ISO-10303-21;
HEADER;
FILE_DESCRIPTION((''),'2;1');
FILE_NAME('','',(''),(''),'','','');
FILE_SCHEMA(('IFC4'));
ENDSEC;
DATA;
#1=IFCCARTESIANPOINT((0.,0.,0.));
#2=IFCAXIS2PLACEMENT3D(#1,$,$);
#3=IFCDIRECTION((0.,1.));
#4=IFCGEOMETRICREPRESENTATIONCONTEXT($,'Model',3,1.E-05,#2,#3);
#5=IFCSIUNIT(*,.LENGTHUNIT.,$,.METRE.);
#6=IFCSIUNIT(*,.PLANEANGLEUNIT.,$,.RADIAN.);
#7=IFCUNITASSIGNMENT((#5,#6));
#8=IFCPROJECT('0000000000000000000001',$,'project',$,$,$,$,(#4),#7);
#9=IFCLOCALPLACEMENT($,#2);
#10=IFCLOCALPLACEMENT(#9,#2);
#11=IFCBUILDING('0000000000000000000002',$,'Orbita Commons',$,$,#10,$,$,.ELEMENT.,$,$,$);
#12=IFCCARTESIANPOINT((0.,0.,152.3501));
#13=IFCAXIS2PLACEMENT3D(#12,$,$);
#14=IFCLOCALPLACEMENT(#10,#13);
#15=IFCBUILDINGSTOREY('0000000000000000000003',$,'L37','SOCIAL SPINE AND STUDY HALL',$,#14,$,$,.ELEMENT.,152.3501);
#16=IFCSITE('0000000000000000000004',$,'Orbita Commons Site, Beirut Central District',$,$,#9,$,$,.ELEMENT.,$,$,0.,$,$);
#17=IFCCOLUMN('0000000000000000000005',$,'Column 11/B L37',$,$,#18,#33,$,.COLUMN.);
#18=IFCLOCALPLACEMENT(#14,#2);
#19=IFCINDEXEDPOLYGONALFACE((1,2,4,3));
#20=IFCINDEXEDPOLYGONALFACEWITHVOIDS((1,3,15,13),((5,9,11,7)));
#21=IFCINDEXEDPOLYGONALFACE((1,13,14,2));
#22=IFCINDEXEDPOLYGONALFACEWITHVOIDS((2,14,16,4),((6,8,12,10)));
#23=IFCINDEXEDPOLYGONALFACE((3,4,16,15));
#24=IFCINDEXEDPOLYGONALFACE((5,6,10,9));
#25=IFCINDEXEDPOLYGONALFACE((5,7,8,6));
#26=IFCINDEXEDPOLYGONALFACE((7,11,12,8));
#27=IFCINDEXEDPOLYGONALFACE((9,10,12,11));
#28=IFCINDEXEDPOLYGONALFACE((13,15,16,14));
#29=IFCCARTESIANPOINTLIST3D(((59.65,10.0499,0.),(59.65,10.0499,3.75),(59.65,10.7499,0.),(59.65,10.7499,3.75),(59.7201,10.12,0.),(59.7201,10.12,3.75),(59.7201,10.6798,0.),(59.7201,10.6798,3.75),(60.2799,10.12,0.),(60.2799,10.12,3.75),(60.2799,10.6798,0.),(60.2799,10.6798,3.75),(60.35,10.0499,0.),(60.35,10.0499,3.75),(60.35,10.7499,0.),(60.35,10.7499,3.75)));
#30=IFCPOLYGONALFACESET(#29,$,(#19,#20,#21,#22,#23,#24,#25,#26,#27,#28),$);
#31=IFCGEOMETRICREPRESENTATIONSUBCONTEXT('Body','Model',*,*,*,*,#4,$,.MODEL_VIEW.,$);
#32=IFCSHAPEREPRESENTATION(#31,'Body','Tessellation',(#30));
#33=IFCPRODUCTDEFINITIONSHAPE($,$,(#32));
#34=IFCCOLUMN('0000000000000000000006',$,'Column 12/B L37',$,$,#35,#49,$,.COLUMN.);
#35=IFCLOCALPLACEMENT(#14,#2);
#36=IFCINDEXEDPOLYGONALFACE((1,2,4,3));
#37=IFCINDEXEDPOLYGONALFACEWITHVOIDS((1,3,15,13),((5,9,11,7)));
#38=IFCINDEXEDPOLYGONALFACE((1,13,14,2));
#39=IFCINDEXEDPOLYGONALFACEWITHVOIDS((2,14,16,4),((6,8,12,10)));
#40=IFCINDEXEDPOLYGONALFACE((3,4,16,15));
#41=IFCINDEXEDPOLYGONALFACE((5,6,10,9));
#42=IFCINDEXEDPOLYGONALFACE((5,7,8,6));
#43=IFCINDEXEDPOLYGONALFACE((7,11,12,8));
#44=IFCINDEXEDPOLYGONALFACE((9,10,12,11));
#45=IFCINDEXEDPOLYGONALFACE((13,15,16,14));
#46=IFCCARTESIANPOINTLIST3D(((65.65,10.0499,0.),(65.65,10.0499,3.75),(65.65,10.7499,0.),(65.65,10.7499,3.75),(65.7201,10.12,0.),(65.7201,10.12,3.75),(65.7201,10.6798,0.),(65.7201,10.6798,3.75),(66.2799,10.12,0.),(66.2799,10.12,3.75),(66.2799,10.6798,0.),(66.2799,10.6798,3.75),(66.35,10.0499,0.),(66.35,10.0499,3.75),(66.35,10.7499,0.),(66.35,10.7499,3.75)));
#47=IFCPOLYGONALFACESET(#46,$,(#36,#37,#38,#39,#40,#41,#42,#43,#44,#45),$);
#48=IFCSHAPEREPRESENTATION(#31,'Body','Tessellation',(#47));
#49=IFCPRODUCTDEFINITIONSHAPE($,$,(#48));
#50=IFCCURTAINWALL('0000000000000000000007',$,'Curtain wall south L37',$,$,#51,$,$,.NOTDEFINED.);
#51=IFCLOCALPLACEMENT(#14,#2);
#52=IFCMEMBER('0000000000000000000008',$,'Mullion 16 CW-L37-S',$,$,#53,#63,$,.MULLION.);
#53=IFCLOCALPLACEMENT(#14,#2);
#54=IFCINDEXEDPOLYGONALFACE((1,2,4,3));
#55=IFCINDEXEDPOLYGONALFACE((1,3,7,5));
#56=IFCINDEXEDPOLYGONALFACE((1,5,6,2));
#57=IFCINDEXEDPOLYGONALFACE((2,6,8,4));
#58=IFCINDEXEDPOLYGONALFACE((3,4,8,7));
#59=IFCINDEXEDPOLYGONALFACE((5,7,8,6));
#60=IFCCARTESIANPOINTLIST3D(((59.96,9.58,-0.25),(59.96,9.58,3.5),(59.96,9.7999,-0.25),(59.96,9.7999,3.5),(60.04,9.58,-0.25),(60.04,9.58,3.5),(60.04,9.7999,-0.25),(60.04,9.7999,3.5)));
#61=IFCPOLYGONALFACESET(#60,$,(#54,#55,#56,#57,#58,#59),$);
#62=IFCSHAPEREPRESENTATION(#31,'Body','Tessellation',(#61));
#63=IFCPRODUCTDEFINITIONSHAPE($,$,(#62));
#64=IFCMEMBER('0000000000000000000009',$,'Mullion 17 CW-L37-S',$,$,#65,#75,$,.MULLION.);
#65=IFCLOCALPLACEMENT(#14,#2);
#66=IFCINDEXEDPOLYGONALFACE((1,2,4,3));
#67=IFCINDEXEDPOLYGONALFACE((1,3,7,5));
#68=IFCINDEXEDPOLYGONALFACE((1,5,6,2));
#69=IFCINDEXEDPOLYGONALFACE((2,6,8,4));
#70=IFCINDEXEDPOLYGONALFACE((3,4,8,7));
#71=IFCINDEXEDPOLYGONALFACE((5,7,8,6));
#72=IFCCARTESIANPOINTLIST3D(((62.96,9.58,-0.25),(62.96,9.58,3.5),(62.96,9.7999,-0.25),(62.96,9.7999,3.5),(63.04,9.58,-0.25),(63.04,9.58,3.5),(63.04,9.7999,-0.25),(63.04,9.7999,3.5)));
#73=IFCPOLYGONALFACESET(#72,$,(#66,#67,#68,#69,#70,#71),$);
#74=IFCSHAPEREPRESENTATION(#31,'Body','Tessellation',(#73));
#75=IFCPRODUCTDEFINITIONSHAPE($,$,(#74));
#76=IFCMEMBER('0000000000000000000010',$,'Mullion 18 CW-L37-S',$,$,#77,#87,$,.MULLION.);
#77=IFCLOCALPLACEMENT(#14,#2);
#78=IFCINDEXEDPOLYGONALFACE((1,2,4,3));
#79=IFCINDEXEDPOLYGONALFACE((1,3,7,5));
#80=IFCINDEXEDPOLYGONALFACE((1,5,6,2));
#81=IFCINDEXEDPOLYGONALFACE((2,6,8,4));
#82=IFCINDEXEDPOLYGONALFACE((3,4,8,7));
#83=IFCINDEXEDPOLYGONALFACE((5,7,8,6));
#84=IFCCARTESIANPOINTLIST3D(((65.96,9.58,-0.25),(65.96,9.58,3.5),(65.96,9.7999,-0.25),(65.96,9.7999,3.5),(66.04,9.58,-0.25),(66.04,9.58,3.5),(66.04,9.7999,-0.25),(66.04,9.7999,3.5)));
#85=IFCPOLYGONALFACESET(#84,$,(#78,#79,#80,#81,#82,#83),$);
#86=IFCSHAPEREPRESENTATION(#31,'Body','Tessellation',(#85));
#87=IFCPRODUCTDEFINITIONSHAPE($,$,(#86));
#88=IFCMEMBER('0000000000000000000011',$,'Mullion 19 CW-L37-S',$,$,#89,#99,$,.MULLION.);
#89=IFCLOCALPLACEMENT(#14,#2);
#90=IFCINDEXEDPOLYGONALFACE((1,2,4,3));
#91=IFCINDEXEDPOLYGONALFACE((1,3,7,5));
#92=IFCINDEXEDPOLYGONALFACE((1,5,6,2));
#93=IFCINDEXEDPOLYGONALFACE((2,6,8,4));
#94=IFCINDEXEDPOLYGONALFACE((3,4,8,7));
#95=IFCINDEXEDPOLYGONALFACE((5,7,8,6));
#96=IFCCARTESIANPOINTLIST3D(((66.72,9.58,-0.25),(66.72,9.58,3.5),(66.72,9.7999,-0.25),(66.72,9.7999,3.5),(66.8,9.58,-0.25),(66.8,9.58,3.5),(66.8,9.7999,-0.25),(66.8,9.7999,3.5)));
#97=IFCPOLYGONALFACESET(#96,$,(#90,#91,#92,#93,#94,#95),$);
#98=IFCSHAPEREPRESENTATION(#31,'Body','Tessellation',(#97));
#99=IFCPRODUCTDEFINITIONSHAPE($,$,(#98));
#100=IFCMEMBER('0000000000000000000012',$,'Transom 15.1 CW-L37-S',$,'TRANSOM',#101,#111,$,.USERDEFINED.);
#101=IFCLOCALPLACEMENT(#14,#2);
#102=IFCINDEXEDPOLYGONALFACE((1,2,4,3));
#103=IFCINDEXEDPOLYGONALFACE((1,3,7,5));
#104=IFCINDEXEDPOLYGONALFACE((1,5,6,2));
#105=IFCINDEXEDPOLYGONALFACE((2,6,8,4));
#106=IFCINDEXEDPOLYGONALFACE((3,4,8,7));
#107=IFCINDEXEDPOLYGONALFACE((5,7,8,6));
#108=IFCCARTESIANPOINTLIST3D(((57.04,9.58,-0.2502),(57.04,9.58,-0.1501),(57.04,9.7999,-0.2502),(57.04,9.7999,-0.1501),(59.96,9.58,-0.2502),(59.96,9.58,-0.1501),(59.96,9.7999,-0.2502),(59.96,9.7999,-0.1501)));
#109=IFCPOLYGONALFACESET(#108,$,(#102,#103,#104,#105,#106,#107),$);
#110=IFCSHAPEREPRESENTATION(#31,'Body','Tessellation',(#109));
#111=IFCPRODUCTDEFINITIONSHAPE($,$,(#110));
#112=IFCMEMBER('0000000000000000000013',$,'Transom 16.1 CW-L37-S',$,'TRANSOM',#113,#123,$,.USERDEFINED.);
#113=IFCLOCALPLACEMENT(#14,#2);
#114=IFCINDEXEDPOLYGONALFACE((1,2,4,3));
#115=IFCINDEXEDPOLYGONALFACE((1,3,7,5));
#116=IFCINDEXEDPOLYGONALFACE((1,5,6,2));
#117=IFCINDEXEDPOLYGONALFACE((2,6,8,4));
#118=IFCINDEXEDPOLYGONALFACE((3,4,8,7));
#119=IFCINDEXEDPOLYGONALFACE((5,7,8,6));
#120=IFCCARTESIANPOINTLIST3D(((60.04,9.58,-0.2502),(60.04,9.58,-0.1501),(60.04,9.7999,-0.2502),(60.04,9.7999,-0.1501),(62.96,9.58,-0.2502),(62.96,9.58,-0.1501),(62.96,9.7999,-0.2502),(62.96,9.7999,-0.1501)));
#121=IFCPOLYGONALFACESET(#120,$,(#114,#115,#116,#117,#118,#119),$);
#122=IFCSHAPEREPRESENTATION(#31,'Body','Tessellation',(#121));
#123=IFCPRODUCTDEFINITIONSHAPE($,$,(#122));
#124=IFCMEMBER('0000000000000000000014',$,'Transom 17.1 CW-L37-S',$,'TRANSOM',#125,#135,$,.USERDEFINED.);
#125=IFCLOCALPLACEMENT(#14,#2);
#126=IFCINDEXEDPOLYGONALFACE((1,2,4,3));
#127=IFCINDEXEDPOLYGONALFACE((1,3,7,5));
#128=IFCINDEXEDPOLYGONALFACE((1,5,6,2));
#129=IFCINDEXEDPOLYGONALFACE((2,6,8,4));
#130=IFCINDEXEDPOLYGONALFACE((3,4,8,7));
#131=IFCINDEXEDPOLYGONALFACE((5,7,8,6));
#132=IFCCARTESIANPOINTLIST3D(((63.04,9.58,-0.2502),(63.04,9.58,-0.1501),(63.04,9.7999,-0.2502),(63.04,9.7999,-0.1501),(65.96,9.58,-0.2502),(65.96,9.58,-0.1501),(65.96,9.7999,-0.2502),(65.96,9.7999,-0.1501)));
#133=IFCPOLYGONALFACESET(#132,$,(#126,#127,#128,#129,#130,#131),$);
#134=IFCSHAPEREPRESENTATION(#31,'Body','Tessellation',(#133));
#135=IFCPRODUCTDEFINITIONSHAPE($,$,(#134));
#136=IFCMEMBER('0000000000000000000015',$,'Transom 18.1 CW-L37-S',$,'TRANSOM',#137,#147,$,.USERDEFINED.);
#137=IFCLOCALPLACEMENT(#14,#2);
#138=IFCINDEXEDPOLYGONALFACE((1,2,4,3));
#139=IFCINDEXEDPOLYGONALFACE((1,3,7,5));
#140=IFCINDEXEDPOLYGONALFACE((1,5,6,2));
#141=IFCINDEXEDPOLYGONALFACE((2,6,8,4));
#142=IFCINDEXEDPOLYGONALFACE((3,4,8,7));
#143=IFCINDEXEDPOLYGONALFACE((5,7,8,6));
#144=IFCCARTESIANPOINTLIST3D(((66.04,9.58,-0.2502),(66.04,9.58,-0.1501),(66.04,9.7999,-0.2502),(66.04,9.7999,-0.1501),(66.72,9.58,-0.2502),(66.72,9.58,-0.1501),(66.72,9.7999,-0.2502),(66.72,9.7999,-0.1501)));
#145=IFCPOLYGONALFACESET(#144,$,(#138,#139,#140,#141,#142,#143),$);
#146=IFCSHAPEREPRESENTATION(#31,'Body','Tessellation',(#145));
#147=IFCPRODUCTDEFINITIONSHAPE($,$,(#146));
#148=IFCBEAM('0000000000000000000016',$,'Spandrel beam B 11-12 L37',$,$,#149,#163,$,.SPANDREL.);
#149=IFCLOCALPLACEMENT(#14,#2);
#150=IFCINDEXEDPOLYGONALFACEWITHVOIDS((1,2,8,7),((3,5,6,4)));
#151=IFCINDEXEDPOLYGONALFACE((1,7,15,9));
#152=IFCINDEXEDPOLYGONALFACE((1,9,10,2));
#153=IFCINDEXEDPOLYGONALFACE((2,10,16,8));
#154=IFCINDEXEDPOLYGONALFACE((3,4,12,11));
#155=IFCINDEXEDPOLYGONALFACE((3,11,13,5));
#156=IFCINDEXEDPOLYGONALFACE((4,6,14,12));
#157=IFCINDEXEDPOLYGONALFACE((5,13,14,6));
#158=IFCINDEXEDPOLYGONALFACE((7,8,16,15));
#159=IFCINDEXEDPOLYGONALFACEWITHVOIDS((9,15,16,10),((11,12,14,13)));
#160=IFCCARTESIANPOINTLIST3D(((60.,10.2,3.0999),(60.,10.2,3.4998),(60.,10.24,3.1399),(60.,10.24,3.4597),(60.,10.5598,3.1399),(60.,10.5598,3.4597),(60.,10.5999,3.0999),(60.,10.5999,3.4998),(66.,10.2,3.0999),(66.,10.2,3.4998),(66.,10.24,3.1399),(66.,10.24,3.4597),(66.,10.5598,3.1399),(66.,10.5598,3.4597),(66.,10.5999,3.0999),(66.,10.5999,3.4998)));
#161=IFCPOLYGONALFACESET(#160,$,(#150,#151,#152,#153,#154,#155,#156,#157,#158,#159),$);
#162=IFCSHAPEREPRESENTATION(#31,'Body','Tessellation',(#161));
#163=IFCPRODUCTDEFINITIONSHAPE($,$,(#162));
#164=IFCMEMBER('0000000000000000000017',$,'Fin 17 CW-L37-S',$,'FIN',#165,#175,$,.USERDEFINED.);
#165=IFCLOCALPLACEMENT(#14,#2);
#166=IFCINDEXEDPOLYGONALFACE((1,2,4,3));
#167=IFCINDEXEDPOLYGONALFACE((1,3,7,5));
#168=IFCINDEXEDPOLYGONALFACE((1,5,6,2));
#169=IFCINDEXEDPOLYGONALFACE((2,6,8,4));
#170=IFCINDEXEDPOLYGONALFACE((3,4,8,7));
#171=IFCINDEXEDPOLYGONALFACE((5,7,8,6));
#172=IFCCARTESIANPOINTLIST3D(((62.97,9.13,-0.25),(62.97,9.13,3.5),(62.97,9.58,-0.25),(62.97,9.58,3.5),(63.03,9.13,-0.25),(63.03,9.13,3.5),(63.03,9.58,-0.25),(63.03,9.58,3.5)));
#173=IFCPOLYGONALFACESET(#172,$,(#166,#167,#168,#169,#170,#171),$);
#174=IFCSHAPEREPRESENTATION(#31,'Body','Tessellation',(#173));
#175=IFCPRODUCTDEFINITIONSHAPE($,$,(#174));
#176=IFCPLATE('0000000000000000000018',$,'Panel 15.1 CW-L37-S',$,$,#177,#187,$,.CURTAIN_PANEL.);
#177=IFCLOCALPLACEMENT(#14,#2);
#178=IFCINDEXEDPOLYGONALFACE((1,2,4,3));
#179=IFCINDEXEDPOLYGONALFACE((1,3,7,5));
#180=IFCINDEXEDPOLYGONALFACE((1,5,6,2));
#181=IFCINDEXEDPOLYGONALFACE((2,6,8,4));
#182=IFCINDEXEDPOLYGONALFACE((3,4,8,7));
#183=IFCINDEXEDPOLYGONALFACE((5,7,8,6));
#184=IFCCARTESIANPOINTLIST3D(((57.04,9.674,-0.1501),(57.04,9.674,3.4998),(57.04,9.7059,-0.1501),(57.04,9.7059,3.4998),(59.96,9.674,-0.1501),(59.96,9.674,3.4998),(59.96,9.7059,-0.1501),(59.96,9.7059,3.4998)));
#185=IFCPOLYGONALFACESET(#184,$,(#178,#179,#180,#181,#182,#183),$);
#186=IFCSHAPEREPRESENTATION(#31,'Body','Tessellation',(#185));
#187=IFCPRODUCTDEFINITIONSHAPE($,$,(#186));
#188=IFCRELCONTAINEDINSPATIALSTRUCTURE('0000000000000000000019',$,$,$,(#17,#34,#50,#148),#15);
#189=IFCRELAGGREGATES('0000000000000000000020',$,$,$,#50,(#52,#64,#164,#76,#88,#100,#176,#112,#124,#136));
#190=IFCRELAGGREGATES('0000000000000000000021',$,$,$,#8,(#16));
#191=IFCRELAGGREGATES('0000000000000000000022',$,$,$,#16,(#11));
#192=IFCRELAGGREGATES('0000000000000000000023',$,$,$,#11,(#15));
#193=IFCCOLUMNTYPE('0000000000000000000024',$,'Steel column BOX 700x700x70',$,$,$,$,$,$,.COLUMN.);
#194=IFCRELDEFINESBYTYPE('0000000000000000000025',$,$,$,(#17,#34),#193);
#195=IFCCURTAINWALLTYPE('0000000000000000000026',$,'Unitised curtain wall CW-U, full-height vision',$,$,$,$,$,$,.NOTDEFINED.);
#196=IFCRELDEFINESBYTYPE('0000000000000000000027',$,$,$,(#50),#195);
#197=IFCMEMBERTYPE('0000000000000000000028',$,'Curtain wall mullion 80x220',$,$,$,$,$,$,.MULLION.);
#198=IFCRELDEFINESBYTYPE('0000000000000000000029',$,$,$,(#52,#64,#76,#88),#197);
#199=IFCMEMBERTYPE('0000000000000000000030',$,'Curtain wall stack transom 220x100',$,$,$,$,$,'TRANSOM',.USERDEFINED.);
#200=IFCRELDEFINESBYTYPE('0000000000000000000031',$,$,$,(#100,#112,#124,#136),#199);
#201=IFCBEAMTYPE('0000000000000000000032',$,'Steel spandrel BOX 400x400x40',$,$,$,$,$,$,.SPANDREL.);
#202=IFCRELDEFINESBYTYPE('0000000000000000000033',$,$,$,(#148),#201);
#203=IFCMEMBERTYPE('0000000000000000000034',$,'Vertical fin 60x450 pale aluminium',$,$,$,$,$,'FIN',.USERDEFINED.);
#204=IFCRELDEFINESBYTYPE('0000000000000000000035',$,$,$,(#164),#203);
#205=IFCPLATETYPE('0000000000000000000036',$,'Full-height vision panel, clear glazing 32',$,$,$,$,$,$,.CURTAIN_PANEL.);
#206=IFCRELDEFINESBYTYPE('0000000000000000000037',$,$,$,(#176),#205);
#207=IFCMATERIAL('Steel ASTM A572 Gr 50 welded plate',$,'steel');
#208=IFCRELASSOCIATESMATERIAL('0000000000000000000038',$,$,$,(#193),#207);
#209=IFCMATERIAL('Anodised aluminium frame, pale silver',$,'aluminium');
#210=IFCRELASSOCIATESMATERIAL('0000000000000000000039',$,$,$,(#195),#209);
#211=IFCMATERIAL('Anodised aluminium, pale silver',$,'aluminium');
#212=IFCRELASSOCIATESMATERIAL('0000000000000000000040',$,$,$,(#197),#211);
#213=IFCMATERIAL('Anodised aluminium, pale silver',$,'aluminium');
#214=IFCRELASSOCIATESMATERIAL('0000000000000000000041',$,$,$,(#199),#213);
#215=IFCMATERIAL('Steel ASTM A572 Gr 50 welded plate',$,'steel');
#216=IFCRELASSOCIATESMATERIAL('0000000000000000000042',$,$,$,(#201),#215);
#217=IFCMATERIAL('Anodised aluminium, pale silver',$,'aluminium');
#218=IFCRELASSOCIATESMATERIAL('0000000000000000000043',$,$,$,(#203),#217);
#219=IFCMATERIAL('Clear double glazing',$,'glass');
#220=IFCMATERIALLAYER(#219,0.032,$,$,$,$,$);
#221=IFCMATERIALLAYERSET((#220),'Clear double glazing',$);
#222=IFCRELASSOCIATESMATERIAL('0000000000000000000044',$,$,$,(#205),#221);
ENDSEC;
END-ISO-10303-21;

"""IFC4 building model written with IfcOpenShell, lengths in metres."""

from ifc_helpers import new_model, si_unit, direction, frame, origin, origin_2d, place, context, subcontext, project, spatial, rectangle, hollow_rectangle, extrude, material, layer, layer_set, material_profile, profile_set, type_object, element, aggregate, save


model = new_model("IFC4")

# Units and contexts
model_context = context("Model", 3, precision=1e-05, world=origin(), true_north=direction((0.0, 1.0)))
body_context = subcontext(model_context, "Body", "Model", "MODEL_VIEW")
ifc_project = project(units=[si_unit("LENGTHUNIT", "METRE"), si_unit("PLANEANGLEUNIT", "RADIAN")], contexts=[model_context])

# Site, building, storey
site_placement = place(None, origin())
site = spatial("IfcSite", under=ifc_project, at=site_placement, Name="Orbita Commons Site, Beirut Central District", CompositionType="ELEMENT", RefElevation=0.0)
building_placement = place(site_placement, origin())
building = spatial("IfcBuilding", under=site, at=building_placement, Name="Orbita Commons", CompositionType="ELEMENT")
storey_placement = place(building_placement, frame((0.0, 0.0, 152.3501)))
storey = spatial("IfcBuildingStorey", under=building, at=storey_placement, Name="L37", Description="SOCIAL SPINE AND STUDY HALL", CompositionType="ELEMENT", Elevation=152.3501)

# Columns
ifc_material_1 = material(Name="Steel ASTM A572 Gr 50 welded plate", Category="steel")
ifc_material_profile_1 = material_profile(ifc_material_1, hollow_rectangle(XDim=0.7, YDim=0.7, WallThickness=0.0701, at=origin_2d()), Name="BOX 700x700x70")
ifc_profile_set_1 = profile_set([ifc_material_profile_1], Name="Steel ASTM A572 Gr 50 welded plate")
column_type = type_object("IfcColumnType", Name="Steel column BOX 700x700x70", PredefinedType="COLUMN", material=ifc_profile_set_1)
for number, where, z_axis, x_axis, name in (
    (1, (60.0, 10.3999, 0.0), (0.0, 0.0, 1.0), (1.0, 0.0, 0.0), "Column 11/B L37"),
    (2, (66.0, 10.3999, 0.0), (0.0, 0.0, 1.0), (1.0, 0.0, 0.0), "Column 12/B L37"),
):
    element("IfcColumn", number, at=place(storey_placement, frame(where, z_axis=z_axis, x_axis=x_axis)), inside=storey, type_object=column_type, Name=name, PredefinedType="COLUMN", context=body_context, shape_type="SweptSolid", body=[
        extrude(hollow_rectangle(XDim=0.7, YDim=0.7, WallThickness=0.0701, at=origin_2d()), origin(), (0.0, 0.0, 1.0), 3.75),
    ])

# Curtain wall, members
ifc_material_2 = material(Name="Anodised aluminium frame, pale silver", Category="aluminium")
curtain_wall_type = type_object("IfcCurtainWallType", Name="Unitised curtain wall CW-U, full-height vision", PredefinedType="NOTDEFINED", material=ifc_material_2)
curtain_wall_placement = place(storey_placement, origin())
curtain_wall = element("IfcCurtainWall", 3, at=curtain_wall_placement, inside=storey, type_object=curtain_wall_type, Name="Curtain wall south L37", PredefinedType="NOTDEFINED")
ifc_material_3 = material(Name="Anodised aluminium, pale silver", Category="aluminium")
ifc_material_profile_2 = material_profile(ifc_material_3, rectangle(XDim=0.0801, YDim=0.22, at=origin_2d()), Name="AL 80x220")
ifc_profile_set_2 = profile_set([ifc_material_profile_2], Name="Anodised aluminium, pale silver")
member_type_1 = type_object("IfcMemberType", Name="Curtain wall mullion 80x220", PredefinedType="MULLION", material=ifc_profile_set_2)
member_1_placement = place(storey_placement, frame((60.0, 9.6899, -0.25), z_axis=(0.0, 0.0, 1.0), x_axis=(1.0, 0.0, 0.0)))
member_1 = element("IfcMember", 4, at=member_1_placement, type_object=member_type_1, Name="Mullion 16 CW-L37-S", PredefinedType="MULLION", context=body_context, shape_type="SweptSolid", body=[
    extrude(rectangle(XDim=0.0801, YDim=0.22, at=origin_2d()), origin(), (0.0, 0.0, 1.0), 3.75),
])
member_2_placement = place(storey_placement, frame((63.0, 9.6899, -0.25), z_axis=(0.0, 0.0, 1.0), x_axis=(1.0, 0.0, 0.0)))
member_2 = element("IfcMember", 5, at=member_2_placement, type_object=member_type_1, Name="Mullion 17 CW-L37-S", PredefinedType="MULLION", context=body_context, shape_type="SweptSolid", body=[
    extrude(rectangle(XDim=0.0801, YDim=0.22, at=origin_2d()), origin(), (0.0, 0.0, 1.0), 3.75),
])
member_3_placement = place(storey_placement, frame((66.0, 9.6899, -0.25), z_axis=(0.0, 0.0, 1.0), x_axis=(1.0, 0.0, 0.0)))
member_3 = element("IfcMember", 6, at=member_3_placement, type_object=member_type_1, Name="Mullion 18 CW-L37-S", PredefinedType="MULLION", context=body_context, shape_type="SweptSolid", body=[
    extrude(rectangle(XDim=0.0801, YDim=0.22, at=origin_2d()), origin(), (0.0, 0.0, 1.0), 3.75),
])
member_4_placement = place(storey_placement, frame((66.76, 9.6899, -0.25), z_axis=(0.0, 0.0, 1.0), x_axis=(1.0, 0.0, 0.0)))
member_4 = element("IfcMember", 7, at=member_4_placement, type_object=member_type_1, Name="Mullion 19 CW-L37-S", PredefinedType="MULLION", context=body_context, shape_type="SweptSolid", body=[
    extrude(rectangle(XDim=0.0801, YDim=0.22, at=origin_2d()), origin(), (0.0, 0.0, 1.0), 3.75),
])
ifc_material_4 = material(Name="Anodised aluminium, pale silver", Category="aluminium")
ifc_material_profile_3 = material_profile(ifc_material_4, rectangle(XDim=0.22, YDim=0.1001, at=origin_2d()), Name="AL 220x100")
ifc_profile_set_3 = profile_set([ifc_material_profile_3], Name="Anodised aluminium, pale silver")
member_type_2 = type_object("IfcMemberType", Name="Curtain wall stack transom 220x100", ElementType="TRANSOM", PredefinedType="USERDEFINED", material=ifc_profile_set_3)
member_5_placement = place(storey_placement, frame((57.04, 9.6899, -0.2002), z_axis=(1.0, 0.0, 0.0), x_axis=(0.0, 1.0, 0.0)))
member_5 = element("IfcMember", 8, at=member_5_placement, type_object=member_type_2, Name="Transom 15.1 CW-L37-S", ObjectType="TRANSOM", PredefinedType="USERDEFINED", context=body_context, shape_type="SweptSolid", body=[
    extrude(rectangle(XDim=0.22, YDim=0.1001, at=origin_2d()), origin(), (0.0, 0.0, 1.0), 2.9199),
])
member_6_placement = place(storey_placement, frame((60.04, 9.6899, -0.2002), z_axis=(1.0, 0.0, 0.0), x_axis=(0.0, 1.0, 0.0)))
member_6 = element("IfcMember", 9, at=member_6_placement, type_object=member_type_2, Name="Transom 16.1 CW-L37-S", ObjectType="TRANSOM", PredefinedType="USERDEFINED", context=body_context, shape_type="SweptSolid", body=[
    extrude(rectangle(XDim=0.22, YDim=0.1001, at=origin_2d()), origin(), (0.0, 0.0, 1.0), 2.9199),
])
member_7_placement = place(storey_placement, frame((63.04, 9.6899, -0.2002), z_axis=(1.0, 0.0, 0.0), x_axis=(0.0, 1.0, 0.0)))
member_7 = element("IfcMember", 10, at=member_7_placement, type_object=member_type_2, Name="Transom 17.1 CW-L37-S", ObjectType="TRANSOM", PredefinedType="USERDEFINED", context=body_context, shape_type="SweptSolid", body=[
    extrude(rectangle(XDim=0.22, YDim=0.1001, at=origin_2d()), origin(), (0.0, 0.0, 1.0), 2.9199),
])
member_8_placement = place(storey_placement, frame((66.04, 9.6899, -0.2002), z_axis=(1.0, 0.0, 0.0), x_axis=(0.0, 1.0, 0.0)))
member_8 = element("IfcMember", 11, at=member_8_placement, type_object=member_type_2, Name="Transom 18.1 CW-L37-S", ObjectType="TRANSOM", PredefinedType="USERDEFINED", context=body_context, shape_type="SweptSolid", body=[
    extrude(rectangle(XDim=0.22, YDim=0.1001, at=origin_2d()), origin(), (0.0, 0.0, 1.0), 0.6799),
])

# Beam
ifc_material_5 = material(Name="Steel ASTM A572 Gr 50 welded plate", Category="steel")
ifc_material_profile_4 = material_profile(ifc_material_5, hollow_rectangle(XDim=0.3999, YDim=0.3999, WallThickness=0.04, at=origin_2d()), Name="BOX 400x400x40")
ifc_profile_set_4 = profile_set([ifc_material_profile_4], Name="Steel ASTM A572 Gr 50 welded plate")
beam_type = type_object("IfcBeamType", Name="Steel spandrel BOX 400x400x40", PredefinedType="SPANDREL", material=ifc_profile_set_4)
beam_placement = place(storey_placement, frame((60.0, 10.3999, 3.2998), z_axis=(1.0, 0.0, 0.0), x_axis=(0.0, 1.0, 0.0)))
element("IfcBeam", 12, at=beam_placement, inside=storey, type_object=beam_type, Name="Spandrel beam B 11-12 L37", PredefinedType="SPANDREL", context=body_context, shape_type="SweptSolid", body=[
    extrude(hollow_rectangle(XDim=0.3999, YDim=0.3999, WallThickness=0.04, at=origin_2d()), origin(), (0.0, 0.0, 1.0), 6.0),
])

# Member
ifc_material_6 = material(Name="Anodised aluminium, pale silver", Category="aluminium")
ifc_material_profile_5 = material_profile(ifc_material_6, rectangle(XDim=0.0601, YDim=0.45, at=origin_2d()), Name="FIN 60x450")
ifc_profile_set_5 = profile_set([ifc_material_profile_5], Name="Anodised aluminium, pale silver")
member_type_3 = type_object("IfcMemberType", Name="Vertical fin 60x450 pale aluminium", ElementType="FIN", PredefinedType="USERDEFINED", material=ifc_profile_set_5)
member_9_placement = place(storey_placement, frame((63.0, 9.355, -0.25), z_axis=(0.0, 0.0, 1.0), x_axis=(1.0, 0.0, 0.0)))
member_9 = element("IfcMember", 13, at=member_9_placement, type_object=member_type_3, Name="Fin 17 CW-L37-S", ObjectType="FIN", PredefinedType="USERDEFINED", context=body_context, shape_type="SweptSolid", body=[
    extrude(rectangle(XDim=0.0601, YDim=0.45, at=origin_2d()), origin(), (0.0, 0.0, 1.0), 3.75),
])

# Plate
ifc_material_7 = material(Name="Clear double glazing", Category="glass")
ifc_layer_1 = layer(ifc_material_7, 0.032)
ifc_layer_set_1 = layer_set([ifc_layer_1], Name="Clear double glazing")
plate_type = type_object("IfcPlateType", Name="Full-height vision panel, clear glazing 32", PredefinedType="CURTAIN_PANEL", material=ifc_layer_set_1)
plate_1_placement = place(storey_placement, frame((58.5, 9.6899, -0.1501), z_axis=(0.0, 0.0, 1.0), x_axis=(1.0, 0.0, 0.0)))
plate_1 = element("IfcPlate", 14, at=plate_1_placement, type_object=plate_type, Name="Panel 15.1 CW-L37-S", PredefinedType="CURTAIN_PANEL", context=body_context, shape_type="SweptSolid", body=[
    extrude(rectangle(XDim=2.9199, YDim=0.032, at=origin_2d()), origin(), (0.0, 0.0, 1.0), 3.6499),
])
aggregate(curtain_wall, [member_1, member_2, member_9, member_3, member_4, member_5, plate_1, member_6, member_7, member_8])

save(model, "model.ifc")
